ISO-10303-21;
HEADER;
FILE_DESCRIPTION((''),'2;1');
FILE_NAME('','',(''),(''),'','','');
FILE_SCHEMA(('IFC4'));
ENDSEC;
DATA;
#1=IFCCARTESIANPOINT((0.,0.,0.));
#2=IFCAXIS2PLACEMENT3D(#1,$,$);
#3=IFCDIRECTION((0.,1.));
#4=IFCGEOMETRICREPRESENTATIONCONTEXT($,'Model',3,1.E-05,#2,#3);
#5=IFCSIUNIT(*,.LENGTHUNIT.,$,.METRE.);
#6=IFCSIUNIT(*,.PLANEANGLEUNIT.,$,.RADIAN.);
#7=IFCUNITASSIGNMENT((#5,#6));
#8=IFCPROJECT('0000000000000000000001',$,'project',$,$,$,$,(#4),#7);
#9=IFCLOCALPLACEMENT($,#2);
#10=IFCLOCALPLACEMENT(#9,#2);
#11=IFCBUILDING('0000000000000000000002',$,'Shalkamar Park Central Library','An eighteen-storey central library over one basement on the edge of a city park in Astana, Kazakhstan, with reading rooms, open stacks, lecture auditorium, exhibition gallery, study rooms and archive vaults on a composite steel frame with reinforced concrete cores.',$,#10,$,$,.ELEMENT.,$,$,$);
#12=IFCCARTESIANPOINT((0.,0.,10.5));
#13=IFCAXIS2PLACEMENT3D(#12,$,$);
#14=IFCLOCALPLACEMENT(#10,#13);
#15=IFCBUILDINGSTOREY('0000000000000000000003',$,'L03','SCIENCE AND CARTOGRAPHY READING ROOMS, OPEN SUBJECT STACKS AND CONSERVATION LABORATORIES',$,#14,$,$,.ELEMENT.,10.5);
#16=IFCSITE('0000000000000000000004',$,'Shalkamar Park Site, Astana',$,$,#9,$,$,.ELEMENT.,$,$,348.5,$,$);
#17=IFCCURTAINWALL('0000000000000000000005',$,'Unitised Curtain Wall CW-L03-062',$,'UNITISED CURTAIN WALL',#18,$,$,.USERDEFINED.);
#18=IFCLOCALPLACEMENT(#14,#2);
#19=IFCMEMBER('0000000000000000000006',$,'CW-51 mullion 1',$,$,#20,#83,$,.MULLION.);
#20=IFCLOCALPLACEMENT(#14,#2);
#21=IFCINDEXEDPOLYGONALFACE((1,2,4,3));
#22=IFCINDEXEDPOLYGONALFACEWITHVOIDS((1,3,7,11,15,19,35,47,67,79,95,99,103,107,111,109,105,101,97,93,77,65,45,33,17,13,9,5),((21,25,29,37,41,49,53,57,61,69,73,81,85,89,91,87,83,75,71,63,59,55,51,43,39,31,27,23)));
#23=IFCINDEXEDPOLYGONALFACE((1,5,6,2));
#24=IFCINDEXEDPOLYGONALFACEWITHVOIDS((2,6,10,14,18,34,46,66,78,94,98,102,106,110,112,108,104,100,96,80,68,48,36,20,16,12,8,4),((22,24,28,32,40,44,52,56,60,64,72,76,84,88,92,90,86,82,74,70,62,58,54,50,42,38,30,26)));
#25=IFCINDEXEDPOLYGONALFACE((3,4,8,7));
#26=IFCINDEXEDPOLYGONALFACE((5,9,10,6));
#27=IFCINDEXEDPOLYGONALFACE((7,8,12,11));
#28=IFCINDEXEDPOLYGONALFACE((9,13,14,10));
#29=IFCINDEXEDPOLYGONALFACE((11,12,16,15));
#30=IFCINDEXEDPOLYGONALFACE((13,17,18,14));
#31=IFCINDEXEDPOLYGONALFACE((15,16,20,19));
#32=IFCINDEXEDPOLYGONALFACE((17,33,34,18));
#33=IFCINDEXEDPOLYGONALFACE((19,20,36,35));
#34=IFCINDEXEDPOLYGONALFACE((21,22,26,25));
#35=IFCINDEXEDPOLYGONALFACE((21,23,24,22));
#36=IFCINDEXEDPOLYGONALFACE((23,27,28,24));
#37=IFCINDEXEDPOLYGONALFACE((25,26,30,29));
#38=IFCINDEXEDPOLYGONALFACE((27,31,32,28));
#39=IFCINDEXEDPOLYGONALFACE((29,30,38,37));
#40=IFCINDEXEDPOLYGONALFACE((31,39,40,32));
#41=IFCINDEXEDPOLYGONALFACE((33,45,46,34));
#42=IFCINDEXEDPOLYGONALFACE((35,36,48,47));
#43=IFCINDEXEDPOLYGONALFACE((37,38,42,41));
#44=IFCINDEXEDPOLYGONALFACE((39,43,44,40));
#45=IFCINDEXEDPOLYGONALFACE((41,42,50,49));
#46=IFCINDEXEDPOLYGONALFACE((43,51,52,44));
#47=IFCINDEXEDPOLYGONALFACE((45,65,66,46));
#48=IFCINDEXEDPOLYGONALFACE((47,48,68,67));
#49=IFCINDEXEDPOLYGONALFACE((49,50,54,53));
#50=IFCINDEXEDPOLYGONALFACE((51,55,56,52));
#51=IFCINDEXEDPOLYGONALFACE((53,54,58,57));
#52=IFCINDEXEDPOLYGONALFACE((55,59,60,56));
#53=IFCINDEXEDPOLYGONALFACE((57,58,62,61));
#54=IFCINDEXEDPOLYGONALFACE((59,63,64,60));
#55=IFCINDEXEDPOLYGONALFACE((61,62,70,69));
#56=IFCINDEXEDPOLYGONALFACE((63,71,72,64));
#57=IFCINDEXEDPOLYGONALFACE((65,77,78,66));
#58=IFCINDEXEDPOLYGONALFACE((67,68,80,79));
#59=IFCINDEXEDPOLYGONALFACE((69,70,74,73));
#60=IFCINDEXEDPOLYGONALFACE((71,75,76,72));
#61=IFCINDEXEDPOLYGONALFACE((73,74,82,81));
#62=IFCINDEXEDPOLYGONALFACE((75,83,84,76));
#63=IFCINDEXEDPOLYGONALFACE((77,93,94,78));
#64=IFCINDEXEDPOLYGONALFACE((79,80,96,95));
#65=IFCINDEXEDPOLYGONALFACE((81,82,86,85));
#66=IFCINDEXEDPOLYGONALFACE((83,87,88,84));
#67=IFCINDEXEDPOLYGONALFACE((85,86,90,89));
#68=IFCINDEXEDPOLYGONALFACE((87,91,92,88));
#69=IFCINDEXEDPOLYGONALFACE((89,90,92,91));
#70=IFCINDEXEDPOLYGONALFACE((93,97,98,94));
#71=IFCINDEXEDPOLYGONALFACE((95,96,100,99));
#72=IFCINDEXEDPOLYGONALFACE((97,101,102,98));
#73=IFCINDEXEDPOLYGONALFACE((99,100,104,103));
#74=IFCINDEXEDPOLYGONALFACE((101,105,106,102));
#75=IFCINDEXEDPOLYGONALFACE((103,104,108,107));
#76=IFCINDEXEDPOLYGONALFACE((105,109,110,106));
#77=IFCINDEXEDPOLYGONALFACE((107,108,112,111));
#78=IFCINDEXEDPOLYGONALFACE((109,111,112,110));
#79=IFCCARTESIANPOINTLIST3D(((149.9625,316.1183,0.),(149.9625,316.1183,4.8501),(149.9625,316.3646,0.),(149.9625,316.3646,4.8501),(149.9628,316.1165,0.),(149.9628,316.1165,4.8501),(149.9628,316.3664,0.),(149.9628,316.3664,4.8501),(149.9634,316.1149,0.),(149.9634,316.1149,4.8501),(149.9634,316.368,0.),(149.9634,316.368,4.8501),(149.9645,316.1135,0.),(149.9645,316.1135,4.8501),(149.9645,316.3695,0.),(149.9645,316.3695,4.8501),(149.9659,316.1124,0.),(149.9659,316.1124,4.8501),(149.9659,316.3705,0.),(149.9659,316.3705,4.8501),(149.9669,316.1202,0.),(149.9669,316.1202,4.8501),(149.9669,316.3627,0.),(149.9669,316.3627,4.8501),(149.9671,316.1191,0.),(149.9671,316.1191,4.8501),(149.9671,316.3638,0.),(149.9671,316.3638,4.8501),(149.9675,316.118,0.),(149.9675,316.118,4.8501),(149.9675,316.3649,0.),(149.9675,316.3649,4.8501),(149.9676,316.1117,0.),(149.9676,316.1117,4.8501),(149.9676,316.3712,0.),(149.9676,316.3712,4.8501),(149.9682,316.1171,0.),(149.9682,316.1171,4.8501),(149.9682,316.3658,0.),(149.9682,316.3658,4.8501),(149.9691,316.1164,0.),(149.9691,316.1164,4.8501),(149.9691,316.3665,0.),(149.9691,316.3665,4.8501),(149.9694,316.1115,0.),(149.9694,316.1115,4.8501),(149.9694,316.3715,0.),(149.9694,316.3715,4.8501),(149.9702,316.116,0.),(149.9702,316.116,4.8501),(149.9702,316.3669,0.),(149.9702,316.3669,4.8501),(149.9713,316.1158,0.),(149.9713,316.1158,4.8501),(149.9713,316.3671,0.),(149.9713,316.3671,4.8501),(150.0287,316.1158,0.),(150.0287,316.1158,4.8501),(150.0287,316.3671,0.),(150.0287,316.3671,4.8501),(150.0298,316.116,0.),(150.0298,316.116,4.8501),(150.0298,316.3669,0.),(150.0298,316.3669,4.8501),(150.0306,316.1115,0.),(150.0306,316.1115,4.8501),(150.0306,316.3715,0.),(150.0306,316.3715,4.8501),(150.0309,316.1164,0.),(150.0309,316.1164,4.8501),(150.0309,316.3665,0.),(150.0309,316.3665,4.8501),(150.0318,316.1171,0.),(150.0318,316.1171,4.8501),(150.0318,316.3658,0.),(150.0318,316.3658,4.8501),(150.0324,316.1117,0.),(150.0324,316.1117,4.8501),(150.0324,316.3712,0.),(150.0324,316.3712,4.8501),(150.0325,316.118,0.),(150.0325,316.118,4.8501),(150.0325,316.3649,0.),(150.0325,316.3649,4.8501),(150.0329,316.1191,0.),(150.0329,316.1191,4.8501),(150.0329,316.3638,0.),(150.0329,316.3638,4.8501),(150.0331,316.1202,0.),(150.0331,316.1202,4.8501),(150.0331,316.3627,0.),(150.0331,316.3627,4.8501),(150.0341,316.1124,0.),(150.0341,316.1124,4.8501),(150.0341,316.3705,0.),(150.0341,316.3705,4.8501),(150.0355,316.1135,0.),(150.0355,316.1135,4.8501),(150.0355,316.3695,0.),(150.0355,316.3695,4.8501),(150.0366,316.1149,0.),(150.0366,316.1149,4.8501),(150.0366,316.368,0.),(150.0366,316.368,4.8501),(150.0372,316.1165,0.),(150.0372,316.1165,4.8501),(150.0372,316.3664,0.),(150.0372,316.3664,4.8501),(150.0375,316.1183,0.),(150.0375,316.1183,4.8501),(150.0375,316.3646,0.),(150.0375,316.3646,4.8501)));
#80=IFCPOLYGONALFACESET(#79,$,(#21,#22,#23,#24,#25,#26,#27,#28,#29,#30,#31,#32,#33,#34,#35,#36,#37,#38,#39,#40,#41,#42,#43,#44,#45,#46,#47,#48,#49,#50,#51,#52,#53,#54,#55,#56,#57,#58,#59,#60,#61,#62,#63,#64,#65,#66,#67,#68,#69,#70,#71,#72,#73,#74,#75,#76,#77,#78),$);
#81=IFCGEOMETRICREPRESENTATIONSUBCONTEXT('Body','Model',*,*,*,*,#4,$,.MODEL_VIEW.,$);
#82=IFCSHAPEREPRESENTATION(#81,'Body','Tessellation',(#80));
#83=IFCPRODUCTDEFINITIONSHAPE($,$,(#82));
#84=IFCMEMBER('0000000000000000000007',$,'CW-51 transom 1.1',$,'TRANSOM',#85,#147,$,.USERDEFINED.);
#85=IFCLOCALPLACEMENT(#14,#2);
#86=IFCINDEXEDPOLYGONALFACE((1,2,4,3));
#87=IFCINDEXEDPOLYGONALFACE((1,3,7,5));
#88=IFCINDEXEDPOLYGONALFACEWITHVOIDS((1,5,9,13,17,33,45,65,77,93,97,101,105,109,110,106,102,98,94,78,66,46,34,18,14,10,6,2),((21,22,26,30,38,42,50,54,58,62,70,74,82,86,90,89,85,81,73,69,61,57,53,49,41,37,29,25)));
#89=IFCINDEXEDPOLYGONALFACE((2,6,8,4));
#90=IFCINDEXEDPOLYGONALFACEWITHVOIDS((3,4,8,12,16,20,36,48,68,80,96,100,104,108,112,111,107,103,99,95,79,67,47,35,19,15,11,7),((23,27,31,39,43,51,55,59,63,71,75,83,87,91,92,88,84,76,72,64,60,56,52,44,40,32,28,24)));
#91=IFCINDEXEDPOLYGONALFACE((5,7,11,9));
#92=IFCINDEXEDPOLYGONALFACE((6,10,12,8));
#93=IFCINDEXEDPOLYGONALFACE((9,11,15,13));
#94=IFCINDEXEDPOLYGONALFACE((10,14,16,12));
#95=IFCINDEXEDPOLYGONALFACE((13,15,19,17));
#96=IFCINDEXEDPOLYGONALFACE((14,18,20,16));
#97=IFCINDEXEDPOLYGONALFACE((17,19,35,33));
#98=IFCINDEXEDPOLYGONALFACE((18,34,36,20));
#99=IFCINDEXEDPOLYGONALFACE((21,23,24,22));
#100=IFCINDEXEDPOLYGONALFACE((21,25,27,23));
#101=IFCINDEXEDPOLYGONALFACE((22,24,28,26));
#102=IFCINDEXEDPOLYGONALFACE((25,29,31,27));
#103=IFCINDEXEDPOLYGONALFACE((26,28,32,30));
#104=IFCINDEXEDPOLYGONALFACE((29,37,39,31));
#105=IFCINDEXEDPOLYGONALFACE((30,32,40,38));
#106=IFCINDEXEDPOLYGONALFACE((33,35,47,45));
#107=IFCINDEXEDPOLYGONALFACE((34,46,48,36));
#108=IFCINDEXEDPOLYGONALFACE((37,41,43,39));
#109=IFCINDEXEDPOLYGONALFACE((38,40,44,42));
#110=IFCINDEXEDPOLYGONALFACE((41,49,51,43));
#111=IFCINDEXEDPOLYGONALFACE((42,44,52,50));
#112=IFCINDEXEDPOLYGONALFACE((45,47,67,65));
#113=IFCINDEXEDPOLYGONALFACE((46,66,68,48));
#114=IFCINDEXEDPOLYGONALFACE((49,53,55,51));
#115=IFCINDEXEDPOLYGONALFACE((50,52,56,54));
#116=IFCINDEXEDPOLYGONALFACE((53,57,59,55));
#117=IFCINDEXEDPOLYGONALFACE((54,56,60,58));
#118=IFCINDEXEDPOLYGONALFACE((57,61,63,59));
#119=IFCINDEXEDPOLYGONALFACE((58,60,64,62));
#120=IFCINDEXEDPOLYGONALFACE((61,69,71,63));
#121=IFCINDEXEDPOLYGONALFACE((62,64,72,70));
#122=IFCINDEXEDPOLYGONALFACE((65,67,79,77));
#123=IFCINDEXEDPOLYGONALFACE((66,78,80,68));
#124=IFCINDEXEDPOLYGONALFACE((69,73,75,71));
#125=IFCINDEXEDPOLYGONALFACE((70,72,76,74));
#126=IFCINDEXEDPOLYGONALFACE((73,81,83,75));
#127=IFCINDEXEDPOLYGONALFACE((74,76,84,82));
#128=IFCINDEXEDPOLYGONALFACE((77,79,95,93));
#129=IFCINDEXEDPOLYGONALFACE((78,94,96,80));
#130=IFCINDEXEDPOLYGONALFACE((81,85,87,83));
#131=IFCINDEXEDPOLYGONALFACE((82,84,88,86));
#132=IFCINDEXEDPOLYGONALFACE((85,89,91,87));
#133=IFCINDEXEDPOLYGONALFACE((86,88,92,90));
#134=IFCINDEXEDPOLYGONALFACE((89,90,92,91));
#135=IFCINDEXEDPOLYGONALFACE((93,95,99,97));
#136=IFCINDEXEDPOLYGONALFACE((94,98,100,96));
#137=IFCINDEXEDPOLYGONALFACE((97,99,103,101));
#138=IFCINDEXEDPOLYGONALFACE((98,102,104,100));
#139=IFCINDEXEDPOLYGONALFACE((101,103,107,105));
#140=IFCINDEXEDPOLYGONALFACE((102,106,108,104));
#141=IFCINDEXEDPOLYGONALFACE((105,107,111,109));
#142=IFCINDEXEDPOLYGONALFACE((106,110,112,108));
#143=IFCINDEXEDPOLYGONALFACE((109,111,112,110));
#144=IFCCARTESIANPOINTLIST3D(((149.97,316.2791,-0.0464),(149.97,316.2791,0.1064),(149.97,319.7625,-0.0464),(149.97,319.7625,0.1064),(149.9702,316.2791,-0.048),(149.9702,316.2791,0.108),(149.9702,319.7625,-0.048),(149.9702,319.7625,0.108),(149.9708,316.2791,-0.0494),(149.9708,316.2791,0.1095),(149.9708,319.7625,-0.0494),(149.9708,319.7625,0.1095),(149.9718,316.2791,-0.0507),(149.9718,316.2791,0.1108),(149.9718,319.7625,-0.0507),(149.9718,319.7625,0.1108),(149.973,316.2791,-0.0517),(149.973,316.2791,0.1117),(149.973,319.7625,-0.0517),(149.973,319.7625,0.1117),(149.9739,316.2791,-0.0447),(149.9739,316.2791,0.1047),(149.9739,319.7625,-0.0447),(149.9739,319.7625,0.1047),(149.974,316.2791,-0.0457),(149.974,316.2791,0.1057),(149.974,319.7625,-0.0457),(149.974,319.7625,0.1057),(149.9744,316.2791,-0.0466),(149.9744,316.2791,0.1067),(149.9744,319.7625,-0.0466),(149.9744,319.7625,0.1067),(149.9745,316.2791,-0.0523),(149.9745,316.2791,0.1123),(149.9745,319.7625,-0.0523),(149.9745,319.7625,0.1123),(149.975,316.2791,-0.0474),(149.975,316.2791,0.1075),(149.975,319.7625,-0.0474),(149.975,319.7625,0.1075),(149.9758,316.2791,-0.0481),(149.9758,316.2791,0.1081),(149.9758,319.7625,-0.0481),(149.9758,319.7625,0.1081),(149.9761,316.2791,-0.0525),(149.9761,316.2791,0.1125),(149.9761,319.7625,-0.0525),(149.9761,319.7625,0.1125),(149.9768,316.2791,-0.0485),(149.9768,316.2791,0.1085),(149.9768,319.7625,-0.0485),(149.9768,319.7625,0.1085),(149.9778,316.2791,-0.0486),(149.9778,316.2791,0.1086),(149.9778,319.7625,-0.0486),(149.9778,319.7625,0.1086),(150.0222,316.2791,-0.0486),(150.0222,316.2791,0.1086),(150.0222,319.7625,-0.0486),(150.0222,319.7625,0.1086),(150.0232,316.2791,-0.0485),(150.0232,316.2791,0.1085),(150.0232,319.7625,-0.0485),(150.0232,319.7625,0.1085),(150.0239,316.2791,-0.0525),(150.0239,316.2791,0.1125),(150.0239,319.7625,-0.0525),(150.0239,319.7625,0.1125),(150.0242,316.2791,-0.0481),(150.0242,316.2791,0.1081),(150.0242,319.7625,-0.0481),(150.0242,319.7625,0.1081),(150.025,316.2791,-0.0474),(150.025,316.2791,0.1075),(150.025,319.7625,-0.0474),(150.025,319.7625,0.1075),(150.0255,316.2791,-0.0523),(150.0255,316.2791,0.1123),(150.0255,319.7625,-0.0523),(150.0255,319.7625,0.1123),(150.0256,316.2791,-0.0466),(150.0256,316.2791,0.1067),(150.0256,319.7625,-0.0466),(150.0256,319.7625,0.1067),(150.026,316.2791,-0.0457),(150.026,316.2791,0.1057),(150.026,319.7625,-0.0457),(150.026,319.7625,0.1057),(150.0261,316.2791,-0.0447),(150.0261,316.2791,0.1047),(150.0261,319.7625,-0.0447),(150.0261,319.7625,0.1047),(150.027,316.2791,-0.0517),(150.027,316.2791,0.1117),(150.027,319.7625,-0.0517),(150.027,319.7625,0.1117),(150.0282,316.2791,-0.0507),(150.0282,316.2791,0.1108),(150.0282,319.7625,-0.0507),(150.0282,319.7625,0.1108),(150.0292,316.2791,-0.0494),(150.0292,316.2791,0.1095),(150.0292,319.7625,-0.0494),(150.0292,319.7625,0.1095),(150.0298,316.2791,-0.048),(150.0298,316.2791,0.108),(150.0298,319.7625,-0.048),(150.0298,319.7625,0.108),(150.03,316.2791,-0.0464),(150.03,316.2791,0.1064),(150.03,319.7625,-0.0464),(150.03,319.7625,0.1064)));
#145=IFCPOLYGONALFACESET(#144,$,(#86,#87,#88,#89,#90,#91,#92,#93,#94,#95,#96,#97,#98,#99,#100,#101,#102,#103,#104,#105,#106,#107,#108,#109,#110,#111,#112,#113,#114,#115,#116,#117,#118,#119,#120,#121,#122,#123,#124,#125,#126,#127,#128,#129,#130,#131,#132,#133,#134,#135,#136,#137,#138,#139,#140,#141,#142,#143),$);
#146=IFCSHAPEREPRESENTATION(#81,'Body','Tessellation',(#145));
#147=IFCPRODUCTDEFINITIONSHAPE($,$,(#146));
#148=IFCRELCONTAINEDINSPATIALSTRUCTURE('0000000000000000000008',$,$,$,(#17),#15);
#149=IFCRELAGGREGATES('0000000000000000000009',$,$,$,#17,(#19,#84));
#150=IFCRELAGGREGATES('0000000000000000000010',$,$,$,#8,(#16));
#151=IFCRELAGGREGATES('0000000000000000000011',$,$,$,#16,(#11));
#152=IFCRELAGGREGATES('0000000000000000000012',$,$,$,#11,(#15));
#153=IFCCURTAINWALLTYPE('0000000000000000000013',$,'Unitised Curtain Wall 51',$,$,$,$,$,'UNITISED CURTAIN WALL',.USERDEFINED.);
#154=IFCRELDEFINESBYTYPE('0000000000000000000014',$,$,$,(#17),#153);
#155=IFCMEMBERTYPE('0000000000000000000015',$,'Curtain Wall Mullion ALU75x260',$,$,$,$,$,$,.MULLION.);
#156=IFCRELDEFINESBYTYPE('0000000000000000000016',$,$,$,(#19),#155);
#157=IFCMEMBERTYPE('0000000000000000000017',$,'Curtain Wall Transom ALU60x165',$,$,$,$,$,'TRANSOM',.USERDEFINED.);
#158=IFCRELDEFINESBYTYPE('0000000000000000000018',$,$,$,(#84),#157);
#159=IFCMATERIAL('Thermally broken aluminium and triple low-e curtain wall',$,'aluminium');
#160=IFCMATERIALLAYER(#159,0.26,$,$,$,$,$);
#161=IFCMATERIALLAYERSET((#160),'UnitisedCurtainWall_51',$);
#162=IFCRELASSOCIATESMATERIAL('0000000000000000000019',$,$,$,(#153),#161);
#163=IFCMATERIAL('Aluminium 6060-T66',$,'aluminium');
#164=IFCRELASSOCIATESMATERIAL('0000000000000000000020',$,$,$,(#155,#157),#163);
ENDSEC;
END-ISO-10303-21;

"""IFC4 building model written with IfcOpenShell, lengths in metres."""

from ifc_helpers import new_model, si_unit, direction, frame, origin, origin_2d, place, context, subcontext, project, spatial, hollow_rectangle, extrude, material, layer, layer_set, material_profile, profile_set, type_object, element, aggregate, save


model = new_model("IFC4")

# Units and contexts
model_context = context("Model", 3, precision=1e-05, world=origin(), true_north=direction((0.0, 1.0)))
body_context = subcontext(model_context, "Body", "Model", "MODEL_VIEW")
ifc_project = project(units=[si_unit("LENGTHUNIT", "METRE"), si_unit("PLANEANGLEUNIT", "RADIAN")], contexts=[model_context])

# Site, building, storey
site_placement = place(None, origin())
site = spatial("IfcSite", under=ifc_project, at=site_placement, Name="Shalkamar Park Site, Astana", CompositionType="ELEMENT", RefElevation=348.5)
building_placement = place(site_placement, origin())
building = spatial("IfcBuilding", under=site, at=building_placement, Name="Shalkamar Park Central Library", Description="An eighteen-storey central library over one basement on the edge of a city park in Astana, Kazakhstan, with reading rooms, open stacks, lecture auditorium, exhibition gallery, study rooms and archive vaults on a composite steel frame with reinforced concrete cores.", CompositionType="ELEMENT")
storey_placement = place(building_placement, frame((0.0, 0.0, 10.5)))
storey = spatial("IfcBuildingStorey", under=building, at=storey_placement, Name="L03", Description="SCIENCE AND CARTOGRAPHY READING ROOMS, OPEN SUBJECT STACKS AND CONSERVATION LABORATORIES", CompositionType="ELEMENT", Elevation=10.5)

# Curtain wall, members
ifc_material_1 = material(Name="Thermally broken aluminium and triple low-e curtain wall", Category="aluminium")
ifc_layer_1 = layer(ifc_material_1, 0.26)
ifc_layer_set_1 = layer_set([ifc_layer_1], Name="UnitisedCurtainWall_51")
curtain_wall_type = type_object("IfcCurtainWallType", Name="Unitised Curtain Wall 51", ElementType="UNITISED CURTAIN WALL", PredefinedType="USERDEFINED", material=ifc_layer_set_1)
curtain_wall_placement = place(storey_placement, origin())
curtain_wall = element("IfcCurtainWall", 1, at=curtain_wall_placement, inside=storey, type_object=curtain_wall_type, Name="Unitised Curtain Wall CW-L03-062", ObjectType="UNITISED CURTAIN WALL", PredefinedType="USERDEFINED")
ifc_material_2 = material(Name="Aluminium 6060-T66", Category="aluminium")
ifc_material_profile_1 = material_profile(ifc_material_2, hollow_rectangle(XDim=0.075, YDim=0.26, WallThickness=0.0044, InnerFilletRadius=0.0044, OuterFilletRadius=0.0068, at=origin_2d()), Name="ALU 75x260x4.5")
ifc_profile_set_1 = profile_set([ifc_material_profile_1], Name="Aluminium 6060-T66")
member_type_1 = type_object("IfcMemberType", Name="Curtain Wall Mullion ALU75x260", PredefinedType="MULLION", material=ifc_profile_set_1)
member_1_placement = place(storey_placement, frame((150.0, 316.2415, 0.0), z_axis=(0.0, 0.0, 1.0), x_axis=(-1.0, 0.0, 0.0)))
member_1 = element("IfcMember", 2, at=member_1_placement, type_object=member_type_1, Name="CW-51 mullion 1", PredefinedType="MULLION", context=body_context, shape_type="SweptSolid", body=[
    extrude(hollow_rectangle(XDim=0.075, YDim=0.26, WallThickness=0.0044, InnerFilletRadius=0.0044, OuterFilletRadius=0.0068, at=origin_2d()), origin(), (0.0, 0.0, 1.0), 4.8501),
])
ifc_material_profile_2 = material_profile(ifc_material_2, hollow_rectangle(XDim=0.0601, YDim=0.165, WallThickness=0.0039, InnerFilletRadius=0.0039, OuterFilletRadius=0.0061, at=origin_2d()), Name="ALU 60x165x4")
ifc_profile_set_2 = profile_set([ifc_material_profile_2], Name="Aluminium 6060-T66")
member_type_2 = type_object("IfcMemberType", Name="Curtain Wall Transom ALU60x165", ElementType="TRANSOM", PredefinedType="USERDEFINED", material=ifc_profile_set_2)
member_2_placement = place(storey_placement, frame((150.0, 316.2791, 0.03), z_axis=(0.0, 1.0, 0.0), x_axis=(-1.0, 0.0, 0.0)))
member_2 = element("IfcMember", 3, at=member_2_placement, type_object=member_type_2, Name="CW-51 transom 1.1", ObjectType="TRANSOM", PredefinedType="USERDEFINED", context=body_context, shape_type="SweptSolid", body=[
    extrude(hollow_rectangle(XDim=0.0601, YDim=0.165, WallThickness=0.0039, InnerFilletRadius=0.0039, OuterFilletRadius=0.0061, at=origin_2d()), origin(), (0.0, 0.0, 1.0), 3.4834),
])
aggregate(curtain_wall, [member_1, member_2])

save(model, "model.ifc")
